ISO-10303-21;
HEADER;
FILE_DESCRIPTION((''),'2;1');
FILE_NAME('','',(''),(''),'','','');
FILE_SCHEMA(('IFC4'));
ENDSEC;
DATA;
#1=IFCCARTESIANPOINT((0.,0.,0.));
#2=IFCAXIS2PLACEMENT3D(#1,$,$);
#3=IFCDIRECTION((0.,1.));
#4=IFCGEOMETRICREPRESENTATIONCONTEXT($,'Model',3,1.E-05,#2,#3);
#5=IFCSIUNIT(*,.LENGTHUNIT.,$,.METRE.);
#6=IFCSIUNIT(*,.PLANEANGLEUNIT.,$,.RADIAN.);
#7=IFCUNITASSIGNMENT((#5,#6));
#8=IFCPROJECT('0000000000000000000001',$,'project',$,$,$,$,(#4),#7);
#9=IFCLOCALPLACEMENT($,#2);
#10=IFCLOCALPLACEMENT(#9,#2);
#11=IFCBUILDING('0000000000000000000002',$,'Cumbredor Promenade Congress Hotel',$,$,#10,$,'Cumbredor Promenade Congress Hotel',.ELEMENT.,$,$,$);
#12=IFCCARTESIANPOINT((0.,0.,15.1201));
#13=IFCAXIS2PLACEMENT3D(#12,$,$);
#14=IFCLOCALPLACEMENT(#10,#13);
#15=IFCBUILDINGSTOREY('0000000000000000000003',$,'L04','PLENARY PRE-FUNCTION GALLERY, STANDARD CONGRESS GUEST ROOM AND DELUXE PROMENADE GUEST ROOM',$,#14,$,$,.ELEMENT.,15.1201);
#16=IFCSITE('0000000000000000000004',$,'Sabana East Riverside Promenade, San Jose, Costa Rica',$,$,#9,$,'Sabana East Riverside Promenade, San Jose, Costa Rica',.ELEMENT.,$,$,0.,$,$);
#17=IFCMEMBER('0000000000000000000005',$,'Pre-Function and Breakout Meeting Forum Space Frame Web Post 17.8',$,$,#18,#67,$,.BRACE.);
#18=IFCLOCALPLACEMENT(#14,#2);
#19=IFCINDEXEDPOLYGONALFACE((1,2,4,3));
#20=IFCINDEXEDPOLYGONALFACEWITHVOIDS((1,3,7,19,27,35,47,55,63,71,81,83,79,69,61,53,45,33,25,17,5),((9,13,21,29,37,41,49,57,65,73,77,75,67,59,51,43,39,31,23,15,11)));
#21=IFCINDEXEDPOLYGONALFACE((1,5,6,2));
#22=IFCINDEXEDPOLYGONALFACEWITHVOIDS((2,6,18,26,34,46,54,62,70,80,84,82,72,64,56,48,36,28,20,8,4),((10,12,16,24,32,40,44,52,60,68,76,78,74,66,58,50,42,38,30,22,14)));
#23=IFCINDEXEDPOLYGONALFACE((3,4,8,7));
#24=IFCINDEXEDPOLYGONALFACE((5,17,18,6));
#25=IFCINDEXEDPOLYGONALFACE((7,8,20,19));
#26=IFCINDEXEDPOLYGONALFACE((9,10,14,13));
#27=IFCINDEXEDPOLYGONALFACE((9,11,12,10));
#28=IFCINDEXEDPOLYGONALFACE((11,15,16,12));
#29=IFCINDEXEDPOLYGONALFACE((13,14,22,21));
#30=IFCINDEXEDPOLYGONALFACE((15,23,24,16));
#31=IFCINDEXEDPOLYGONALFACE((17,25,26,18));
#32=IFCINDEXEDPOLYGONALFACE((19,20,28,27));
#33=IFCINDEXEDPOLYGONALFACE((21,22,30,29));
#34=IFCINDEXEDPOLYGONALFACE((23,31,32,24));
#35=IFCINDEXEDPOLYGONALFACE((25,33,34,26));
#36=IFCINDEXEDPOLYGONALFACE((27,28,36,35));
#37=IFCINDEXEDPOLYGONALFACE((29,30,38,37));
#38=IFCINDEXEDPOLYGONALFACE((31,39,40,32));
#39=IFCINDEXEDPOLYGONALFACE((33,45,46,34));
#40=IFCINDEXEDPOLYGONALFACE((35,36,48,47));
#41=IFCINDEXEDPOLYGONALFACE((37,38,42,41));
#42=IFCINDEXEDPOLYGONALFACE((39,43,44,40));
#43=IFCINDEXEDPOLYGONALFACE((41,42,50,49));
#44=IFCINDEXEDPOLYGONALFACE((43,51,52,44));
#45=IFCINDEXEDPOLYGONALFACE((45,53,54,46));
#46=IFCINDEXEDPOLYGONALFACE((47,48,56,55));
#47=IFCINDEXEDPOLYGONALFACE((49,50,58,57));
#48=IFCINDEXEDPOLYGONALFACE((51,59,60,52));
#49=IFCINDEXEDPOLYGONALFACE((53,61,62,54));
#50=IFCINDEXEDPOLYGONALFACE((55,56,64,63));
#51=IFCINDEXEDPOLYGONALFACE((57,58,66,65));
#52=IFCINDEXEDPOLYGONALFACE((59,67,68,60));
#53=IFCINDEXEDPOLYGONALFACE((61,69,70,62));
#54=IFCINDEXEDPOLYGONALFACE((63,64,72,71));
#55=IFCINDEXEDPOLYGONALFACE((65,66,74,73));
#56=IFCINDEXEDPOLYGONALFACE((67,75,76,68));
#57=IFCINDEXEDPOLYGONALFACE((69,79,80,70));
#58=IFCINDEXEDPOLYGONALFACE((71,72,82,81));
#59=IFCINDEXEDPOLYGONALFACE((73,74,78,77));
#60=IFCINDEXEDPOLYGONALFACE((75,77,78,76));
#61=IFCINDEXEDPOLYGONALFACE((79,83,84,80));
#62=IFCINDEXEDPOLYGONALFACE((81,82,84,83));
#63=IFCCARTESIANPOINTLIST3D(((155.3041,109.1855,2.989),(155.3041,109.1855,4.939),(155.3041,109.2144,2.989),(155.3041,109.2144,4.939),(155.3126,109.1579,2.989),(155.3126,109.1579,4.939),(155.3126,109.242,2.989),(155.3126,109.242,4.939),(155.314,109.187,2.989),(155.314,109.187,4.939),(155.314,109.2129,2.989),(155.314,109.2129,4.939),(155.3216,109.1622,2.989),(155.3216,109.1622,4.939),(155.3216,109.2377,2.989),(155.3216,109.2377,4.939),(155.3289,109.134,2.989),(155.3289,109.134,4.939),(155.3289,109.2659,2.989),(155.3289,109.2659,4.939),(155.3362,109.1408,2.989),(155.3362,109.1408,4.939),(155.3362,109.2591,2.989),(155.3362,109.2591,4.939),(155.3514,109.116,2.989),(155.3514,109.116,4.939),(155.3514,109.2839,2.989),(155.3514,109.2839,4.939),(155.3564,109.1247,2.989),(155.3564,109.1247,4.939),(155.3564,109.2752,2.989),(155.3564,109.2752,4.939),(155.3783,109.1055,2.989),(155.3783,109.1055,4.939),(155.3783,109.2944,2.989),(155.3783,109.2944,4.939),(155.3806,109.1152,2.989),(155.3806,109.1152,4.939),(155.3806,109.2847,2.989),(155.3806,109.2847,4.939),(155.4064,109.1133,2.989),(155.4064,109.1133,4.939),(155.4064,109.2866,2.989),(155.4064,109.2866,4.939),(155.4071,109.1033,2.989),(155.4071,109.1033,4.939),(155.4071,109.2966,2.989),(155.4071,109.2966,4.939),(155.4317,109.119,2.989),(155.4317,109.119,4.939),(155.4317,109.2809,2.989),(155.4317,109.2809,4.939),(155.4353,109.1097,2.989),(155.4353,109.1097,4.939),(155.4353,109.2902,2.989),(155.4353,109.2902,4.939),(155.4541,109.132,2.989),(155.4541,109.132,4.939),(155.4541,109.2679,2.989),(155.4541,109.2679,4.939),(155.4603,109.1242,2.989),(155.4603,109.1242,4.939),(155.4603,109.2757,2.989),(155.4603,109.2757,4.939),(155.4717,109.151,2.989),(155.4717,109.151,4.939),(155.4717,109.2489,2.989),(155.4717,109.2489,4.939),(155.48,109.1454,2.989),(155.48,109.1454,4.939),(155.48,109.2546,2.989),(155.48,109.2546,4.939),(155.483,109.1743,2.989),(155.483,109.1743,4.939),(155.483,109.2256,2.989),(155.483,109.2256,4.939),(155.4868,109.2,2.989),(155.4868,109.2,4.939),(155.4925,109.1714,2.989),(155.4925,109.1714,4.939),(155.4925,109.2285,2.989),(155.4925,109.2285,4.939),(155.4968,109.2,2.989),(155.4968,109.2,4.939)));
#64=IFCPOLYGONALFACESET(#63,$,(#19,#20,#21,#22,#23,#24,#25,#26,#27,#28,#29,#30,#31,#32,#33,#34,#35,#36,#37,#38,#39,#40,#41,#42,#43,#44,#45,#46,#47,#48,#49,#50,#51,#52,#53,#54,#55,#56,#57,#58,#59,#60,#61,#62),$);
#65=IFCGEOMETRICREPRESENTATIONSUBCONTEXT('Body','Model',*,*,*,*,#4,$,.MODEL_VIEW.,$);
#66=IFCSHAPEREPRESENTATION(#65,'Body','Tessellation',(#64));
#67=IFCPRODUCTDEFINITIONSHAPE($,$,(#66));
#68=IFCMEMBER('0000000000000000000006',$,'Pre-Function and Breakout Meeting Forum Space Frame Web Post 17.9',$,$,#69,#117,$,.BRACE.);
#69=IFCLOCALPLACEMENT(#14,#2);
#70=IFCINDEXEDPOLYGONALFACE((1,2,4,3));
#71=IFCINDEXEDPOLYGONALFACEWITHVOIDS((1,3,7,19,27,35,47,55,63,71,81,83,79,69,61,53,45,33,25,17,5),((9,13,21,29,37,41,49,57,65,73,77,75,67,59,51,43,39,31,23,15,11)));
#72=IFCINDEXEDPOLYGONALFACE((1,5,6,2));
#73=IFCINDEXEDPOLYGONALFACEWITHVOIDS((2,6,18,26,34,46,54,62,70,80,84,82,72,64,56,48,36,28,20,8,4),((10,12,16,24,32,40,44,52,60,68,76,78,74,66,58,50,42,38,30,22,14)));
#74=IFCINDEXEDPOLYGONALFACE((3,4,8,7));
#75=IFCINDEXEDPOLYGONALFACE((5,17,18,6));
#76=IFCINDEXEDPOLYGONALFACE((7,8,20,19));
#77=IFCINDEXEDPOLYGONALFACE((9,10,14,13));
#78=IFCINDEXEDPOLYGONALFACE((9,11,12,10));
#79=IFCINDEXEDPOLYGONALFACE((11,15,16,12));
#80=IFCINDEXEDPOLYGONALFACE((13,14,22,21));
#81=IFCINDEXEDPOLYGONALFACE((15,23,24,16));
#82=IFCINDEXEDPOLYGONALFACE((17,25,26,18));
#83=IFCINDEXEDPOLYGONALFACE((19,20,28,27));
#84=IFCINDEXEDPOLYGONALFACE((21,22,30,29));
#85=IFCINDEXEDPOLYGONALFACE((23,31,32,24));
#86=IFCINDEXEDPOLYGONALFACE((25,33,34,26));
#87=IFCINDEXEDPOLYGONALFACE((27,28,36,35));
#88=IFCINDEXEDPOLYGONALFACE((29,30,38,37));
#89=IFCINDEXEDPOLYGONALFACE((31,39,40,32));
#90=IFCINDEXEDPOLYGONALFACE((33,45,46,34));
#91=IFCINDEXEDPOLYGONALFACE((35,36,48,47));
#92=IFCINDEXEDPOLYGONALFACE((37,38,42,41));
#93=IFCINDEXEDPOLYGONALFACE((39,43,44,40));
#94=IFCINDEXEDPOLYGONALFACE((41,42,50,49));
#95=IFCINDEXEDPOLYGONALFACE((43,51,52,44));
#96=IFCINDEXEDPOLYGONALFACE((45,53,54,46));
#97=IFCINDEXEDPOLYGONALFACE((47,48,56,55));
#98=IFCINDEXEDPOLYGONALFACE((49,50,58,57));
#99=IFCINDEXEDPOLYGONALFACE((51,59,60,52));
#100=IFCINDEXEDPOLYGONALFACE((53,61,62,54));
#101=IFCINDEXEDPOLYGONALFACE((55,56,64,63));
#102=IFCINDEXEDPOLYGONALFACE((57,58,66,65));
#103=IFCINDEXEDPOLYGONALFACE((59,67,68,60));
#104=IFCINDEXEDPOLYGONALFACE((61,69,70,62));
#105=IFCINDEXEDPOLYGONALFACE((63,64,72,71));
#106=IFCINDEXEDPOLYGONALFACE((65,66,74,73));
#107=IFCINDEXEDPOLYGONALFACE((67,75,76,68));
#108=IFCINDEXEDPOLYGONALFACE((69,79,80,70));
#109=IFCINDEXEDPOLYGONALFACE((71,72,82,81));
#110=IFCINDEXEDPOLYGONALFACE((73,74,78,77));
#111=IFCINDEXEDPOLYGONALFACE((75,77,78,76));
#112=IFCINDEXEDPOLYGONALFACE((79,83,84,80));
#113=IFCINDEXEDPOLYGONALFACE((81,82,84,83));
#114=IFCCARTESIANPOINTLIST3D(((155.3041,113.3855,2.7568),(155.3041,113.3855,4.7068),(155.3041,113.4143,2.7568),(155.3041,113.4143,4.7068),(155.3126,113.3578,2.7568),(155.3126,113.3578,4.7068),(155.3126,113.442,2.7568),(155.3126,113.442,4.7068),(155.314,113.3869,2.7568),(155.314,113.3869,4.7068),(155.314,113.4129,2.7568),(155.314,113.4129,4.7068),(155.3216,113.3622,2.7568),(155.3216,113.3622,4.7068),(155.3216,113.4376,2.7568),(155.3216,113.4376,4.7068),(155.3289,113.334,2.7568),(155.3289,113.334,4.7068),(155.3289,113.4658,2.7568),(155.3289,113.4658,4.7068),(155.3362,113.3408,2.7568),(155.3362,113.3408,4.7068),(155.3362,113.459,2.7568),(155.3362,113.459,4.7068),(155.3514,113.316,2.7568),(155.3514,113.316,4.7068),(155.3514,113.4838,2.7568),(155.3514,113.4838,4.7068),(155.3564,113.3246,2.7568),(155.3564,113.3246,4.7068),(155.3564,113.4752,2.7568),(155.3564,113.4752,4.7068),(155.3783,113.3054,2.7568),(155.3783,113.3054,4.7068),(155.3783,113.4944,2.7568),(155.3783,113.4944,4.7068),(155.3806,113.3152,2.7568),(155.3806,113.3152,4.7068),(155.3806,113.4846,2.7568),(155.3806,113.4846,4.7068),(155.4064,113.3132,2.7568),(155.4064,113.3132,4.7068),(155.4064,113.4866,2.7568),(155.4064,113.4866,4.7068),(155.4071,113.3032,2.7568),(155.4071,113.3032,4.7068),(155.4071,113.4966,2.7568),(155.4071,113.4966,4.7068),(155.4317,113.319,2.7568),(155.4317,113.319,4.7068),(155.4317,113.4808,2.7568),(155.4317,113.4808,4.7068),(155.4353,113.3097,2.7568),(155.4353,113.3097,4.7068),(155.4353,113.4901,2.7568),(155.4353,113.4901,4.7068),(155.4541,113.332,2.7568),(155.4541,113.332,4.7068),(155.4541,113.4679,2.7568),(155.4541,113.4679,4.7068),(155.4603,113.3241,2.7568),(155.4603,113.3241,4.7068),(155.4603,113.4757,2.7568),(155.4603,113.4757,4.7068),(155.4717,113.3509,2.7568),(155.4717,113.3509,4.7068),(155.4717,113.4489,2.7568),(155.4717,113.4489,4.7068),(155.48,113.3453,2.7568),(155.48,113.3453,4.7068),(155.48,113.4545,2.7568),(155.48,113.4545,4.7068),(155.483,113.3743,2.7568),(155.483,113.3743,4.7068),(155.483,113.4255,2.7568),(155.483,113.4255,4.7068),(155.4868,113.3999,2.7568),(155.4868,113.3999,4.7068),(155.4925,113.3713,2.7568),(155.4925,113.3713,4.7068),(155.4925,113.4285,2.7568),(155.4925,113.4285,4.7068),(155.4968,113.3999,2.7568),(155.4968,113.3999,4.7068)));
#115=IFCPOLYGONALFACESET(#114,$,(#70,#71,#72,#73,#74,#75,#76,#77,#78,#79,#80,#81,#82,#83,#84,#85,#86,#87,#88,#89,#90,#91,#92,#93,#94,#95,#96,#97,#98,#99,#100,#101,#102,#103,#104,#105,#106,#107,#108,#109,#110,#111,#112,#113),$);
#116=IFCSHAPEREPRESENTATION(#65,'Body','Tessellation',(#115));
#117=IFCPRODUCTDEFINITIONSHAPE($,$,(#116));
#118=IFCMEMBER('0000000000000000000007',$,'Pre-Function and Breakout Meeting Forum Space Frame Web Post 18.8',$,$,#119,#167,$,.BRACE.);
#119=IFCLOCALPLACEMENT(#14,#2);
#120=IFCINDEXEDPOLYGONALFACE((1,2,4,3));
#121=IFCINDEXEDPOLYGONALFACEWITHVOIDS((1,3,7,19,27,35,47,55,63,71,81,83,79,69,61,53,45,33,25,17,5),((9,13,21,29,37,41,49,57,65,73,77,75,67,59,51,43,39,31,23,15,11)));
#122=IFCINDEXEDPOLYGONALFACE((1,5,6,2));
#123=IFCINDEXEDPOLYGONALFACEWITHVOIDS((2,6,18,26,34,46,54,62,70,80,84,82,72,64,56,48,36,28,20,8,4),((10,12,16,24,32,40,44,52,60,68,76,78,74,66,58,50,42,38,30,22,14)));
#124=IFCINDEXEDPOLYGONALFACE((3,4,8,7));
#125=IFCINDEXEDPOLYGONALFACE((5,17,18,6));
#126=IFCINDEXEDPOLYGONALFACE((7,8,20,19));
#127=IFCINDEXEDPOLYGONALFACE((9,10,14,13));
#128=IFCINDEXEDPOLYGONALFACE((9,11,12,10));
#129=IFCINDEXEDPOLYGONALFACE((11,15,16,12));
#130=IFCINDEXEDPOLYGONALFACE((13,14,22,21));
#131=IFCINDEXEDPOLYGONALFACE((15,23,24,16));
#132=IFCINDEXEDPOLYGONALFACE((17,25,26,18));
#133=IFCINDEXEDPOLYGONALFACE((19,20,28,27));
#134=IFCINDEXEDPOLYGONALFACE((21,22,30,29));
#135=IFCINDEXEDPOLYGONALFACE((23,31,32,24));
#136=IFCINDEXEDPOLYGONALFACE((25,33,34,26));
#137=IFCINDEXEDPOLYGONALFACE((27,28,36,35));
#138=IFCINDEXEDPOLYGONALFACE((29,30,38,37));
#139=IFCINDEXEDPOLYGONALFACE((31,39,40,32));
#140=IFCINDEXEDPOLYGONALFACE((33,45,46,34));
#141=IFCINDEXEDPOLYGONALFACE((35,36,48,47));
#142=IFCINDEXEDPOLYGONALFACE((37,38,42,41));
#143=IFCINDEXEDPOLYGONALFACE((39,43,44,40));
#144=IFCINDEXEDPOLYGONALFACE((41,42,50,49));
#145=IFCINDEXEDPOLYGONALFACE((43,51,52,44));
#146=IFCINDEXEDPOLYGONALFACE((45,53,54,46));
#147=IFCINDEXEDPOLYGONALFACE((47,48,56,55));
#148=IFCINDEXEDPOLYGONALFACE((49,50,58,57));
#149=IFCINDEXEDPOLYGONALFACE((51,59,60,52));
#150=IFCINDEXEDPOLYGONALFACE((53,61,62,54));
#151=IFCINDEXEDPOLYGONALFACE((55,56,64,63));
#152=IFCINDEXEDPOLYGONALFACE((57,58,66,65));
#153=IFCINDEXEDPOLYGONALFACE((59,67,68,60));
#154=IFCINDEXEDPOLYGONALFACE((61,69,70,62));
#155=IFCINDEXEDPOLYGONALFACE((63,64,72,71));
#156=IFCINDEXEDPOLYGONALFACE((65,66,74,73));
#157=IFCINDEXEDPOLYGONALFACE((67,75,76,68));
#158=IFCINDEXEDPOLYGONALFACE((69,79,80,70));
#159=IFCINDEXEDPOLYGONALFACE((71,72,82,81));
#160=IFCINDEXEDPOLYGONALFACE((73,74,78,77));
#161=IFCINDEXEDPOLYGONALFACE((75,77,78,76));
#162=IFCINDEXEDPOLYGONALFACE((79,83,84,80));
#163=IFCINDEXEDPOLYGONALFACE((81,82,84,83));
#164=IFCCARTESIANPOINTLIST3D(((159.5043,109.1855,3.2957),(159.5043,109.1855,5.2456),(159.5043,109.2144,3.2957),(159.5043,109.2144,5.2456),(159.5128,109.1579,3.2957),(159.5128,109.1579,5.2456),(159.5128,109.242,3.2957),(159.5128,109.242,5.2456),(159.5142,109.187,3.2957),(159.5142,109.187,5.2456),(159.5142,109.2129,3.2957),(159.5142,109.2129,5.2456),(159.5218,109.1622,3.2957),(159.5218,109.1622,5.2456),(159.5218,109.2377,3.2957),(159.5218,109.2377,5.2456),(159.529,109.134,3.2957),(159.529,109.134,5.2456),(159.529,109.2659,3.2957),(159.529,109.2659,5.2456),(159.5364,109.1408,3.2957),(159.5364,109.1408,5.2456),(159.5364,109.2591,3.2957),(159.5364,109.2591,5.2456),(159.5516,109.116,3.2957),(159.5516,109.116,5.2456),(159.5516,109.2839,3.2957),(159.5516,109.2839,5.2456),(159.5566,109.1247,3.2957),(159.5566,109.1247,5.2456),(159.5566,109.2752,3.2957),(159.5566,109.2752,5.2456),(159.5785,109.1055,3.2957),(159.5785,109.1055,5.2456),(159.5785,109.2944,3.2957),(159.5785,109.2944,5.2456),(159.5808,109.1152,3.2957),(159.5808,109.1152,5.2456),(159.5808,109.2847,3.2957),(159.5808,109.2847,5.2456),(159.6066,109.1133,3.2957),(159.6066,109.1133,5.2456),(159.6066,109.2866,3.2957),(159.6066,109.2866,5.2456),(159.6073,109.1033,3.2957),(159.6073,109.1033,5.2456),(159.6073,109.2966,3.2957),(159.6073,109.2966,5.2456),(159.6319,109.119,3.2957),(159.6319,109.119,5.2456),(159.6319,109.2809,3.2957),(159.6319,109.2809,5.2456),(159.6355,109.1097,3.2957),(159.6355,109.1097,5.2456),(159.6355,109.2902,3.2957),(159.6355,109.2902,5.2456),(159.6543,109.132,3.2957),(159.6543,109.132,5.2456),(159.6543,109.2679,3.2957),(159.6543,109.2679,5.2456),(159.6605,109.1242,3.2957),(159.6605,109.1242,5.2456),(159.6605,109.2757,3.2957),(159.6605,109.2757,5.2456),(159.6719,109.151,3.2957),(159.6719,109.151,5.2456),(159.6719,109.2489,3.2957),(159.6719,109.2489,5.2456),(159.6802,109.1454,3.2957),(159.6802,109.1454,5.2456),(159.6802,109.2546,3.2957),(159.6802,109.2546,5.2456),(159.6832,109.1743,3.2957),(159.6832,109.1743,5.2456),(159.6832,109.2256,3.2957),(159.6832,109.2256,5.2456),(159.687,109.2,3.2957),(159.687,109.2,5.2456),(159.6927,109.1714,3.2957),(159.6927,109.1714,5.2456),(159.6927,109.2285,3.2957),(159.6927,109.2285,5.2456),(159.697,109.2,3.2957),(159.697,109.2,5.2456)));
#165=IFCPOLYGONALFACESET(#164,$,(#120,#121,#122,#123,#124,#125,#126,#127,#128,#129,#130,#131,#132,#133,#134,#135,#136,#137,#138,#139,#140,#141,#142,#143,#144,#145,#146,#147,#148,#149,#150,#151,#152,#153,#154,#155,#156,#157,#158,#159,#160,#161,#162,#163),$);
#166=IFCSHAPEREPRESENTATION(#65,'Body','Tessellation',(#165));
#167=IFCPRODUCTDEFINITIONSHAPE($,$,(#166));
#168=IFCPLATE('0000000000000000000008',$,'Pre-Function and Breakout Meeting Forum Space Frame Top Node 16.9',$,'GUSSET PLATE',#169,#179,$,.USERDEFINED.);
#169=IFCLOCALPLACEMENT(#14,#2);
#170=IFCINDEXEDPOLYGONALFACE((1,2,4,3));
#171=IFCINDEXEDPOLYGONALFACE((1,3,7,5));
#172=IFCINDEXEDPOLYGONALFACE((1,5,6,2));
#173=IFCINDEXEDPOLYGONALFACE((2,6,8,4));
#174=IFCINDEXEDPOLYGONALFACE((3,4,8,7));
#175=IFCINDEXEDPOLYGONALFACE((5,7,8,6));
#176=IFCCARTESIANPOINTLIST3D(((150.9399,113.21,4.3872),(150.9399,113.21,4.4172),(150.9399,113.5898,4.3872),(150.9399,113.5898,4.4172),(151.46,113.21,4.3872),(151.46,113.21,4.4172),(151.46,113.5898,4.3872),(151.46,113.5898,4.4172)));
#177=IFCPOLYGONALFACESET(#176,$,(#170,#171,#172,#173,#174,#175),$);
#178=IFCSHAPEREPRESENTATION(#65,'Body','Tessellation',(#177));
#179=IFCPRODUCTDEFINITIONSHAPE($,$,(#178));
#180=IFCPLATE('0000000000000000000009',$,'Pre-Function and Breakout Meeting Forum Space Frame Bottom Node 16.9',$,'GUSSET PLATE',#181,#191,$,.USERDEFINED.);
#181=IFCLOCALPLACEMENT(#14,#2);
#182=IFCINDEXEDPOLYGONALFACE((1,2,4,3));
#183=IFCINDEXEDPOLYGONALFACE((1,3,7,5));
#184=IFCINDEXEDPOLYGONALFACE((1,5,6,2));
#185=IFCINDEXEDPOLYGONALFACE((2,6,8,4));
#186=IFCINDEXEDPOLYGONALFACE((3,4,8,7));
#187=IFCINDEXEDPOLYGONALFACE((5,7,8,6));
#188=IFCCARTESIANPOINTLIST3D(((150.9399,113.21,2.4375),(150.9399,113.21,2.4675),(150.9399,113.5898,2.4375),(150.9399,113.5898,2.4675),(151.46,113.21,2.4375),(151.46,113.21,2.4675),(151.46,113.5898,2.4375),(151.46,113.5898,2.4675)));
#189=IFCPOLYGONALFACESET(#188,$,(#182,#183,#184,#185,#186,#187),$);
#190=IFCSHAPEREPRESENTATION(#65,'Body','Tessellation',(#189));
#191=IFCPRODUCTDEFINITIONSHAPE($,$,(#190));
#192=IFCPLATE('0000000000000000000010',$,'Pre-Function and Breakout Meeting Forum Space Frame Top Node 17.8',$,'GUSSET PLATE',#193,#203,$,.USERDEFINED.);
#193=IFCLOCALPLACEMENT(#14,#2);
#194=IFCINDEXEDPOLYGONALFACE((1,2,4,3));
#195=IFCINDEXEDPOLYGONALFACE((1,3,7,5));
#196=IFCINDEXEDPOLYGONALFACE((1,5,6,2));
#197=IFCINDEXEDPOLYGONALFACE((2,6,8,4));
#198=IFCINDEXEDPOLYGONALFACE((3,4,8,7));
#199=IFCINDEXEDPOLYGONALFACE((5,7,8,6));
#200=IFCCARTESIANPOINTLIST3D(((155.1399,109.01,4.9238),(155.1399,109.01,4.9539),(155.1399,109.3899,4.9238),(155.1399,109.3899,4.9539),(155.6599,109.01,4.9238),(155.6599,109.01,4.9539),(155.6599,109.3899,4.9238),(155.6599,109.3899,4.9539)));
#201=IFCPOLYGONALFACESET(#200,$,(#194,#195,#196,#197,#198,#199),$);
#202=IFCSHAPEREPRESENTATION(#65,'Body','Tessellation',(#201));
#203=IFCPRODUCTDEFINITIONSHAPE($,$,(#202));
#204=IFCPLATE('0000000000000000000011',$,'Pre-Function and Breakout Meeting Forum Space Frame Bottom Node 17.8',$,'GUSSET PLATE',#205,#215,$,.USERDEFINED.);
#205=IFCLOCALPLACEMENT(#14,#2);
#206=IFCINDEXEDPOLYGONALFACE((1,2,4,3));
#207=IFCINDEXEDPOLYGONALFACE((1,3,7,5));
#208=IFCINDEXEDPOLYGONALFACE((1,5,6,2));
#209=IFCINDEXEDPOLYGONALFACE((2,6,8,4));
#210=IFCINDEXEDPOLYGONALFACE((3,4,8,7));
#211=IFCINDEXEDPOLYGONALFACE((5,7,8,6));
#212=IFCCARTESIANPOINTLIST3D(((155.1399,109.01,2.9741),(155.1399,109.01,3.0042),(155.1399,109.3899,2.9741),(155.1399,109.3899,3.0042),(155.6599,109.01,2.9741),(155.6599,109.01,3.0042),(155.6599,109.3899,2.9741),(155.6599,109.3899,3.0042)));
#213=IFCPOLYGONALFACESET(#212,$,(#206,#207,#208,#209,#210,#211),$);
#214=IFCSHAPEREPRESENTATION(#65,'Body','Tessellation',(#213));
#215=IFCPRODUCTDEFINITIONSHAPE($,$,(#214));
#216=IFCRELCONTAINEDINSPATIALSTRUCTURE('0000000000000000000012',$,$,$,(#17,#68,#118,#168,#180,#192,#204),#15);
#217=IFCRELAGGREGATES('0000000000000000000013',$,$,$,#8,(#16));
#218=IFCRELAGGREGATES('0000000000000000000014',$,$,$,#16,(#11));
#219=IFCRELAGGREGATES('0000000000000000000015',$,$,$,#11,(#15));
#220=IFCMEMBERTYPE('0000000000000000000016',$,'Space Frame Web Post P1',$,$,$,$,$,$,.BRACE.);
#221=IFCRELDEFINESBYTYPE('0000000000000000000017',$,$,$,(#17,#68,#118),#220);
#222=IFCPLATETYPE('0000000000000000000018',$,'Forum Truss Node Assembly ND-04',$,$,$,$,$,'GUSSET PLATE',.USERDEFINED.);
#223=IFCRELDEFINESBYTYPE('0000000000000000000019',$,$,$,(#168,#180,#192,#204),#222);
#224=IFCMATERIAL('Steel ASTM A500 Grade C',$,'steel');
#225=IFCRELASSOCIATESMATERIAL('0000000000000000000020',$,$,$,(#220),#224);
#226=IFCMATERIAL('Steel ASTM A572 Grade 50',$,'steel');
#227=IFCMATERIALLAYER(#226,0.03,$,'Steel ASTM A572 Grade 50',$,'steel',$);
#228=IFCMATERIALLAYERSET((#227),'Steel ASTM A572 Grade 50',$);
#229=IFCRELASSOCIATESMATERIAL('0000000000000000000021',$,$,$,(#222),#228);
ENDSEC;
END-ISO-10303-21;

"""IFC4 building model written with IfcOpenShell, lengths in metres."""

from ifc_helpers import new_model, si_unit, direction, frame, origin, origin_2d, place, context, subcontext, project, spatial, rectangle, hollow_circle, extrude, material, layer, layer_set, material_profile, profile_set, type_object, element, save


model = new_model("IFC4")

# Units and contexts
model_context = context("Model", 3, precision=1e-05, world=origin(), true_north=direction((0.0, 1.0)))
body_context = subcontext(model_context, "Body", "Model", "MODEL_VIEW")
ifc_project = project(units=[si_unit("LENGTHUNIT", "METRE"), si_unit("PLANEANGLEUNIT", "RADIAN")], contexts=[model_context])

# Site, building, storey
site_placement = place(None, origin())
site = spatial("IfcSite", under=ifc_project, at=site_placement, Name="Sabana East Riverside Promenade, San Jose, Costa Rica", LongName="Sabana East Riverside Promenade, San Jose, Costa Rica", CompositionType="ELEMENT", RefElevation=0.0)
building_placement = place(site_placement, origin())
building = spatial("IfcBuilding", under=site, at=building_placement, Name="Cumbredor Promenade Congress Hotel", LongName="Cumbredor Promenade Congress Hotel", CompositionType="ELEMENT")
storey_placement = place(building_placement, frame((0.0, 0.0, 15.1201)))
storey = spatial("IfcBuildingStorey", under=building, at=storey_placement, Name="L04", Description="PLENARY PRE-FUNCTION GALLERY, STANDARD CONGRESS GUEST ROOM AND DELUXE PROMENADE GUEST ROOM", CompositionType="ELEMENT", Elevation=15.1201)

# Members
ifc_material_1 = material(Name="Steel ASTM A500 Grade C", Category="steel")
ifc_material_profile_1 = material_profile(ifc_material_1, hollow_circle(Radius=0.0969, WallThickness=0.01, at=origin_2d()), Name="CHS 193.7x10")
ifc_profile_set_1 = profile_set([ifc_material_profile_1], Name="Steel ASTM A500 Grade C")
member_type_1 = type_object("IfcMemberType", Name="Space Frame Web Post P1", PredefinedType="BRACE", material=ifc_profile_set_1)
for number, where, z_axis, x_axis, name in (
    (1, (155.3999, 109.2, 2.989), (0.0, 0.0, 1.0), (1.0, 0.0, 0.0), "Pre-Function and Breakout Meeting Forum Space Frame Web Post 17.8"),
    (2, (155.3999, 113.3999, 2.7568), (0.0, 0.0, 1.0), (1.0, 0.0, 0.0), "Pre-Function and Breakout Meeting Forum Space Frame Web Post 17.9"),
    (3, (159.6001, 109.2, 3.2957), (0.0, 0.0, 1.0), (1.0, 0.0, 0.0), "Pre-Function and Breakout Meeting Forum Space Frame Web Post 18.8"),
):
    element("IfcMember", number, at=place(storey_placement, frame(where, z_axis=z_axis, x_axis=x_axis)), inside=storey, type_object=member_type_1, Name=name, PredefinedType="BRACE", context=body_context, shape_type="SweptSolid", body=[
        extrude(hollow_circle(Radius=0.0969, WallThickness=0.01, at=origin_2d()), origin(), (0.0, 0.0, 1.0), 1.95),
    ])

# Plates
ifc_material_2 = material(Name="Steel ASTM A572 Grade 50", Category="steel")
ifc_layer = layer(ifc_material_2, 0.03, Name="Steel ASTM A572 Grade 50", Category="steel")
ifc_layer_set = layer_set([ifc_layer], Name="Steel ASTM A572 Grade 50")
plate_type = type_object("IfcPlateType", Name="Forum Truss Node Assembly ND-04", ElementType="GUSSET PLATE", PredefinedType="USERDEFINED", material=ifc_layer_set)
for number, where, z_axis, x_axis, name in (
    (4, (151.2, 113.3999, 4.3872), (0.0, 0.0, 1.0), (1.0, 0.0, 0.0), "Pre-Function and Breakout Meeting Forum Space Frame Top Node 16.9"),
    (5, (151.2, 113.3999, 2.4375), (0.0, 0.0, 1.0), (1.0, 0.0, 0.0), "Pre-Function and Breakout Meeting Forum Space Frame Bottom Node 16.9"),
    (6, (155.3999, 109.2, 4.9238), (0.0, 0.0, 1.0), (1.0, 0.0, 0.0), "Pre-Function and Breakout Meeting Forum Space Frame Top Node 17.8"),
    (7, (155.3999, 109.2, 2.9741), (0.0, 0.0, 1.0), (1.0, 0.0, 0.0), "Pre-Function and Breakout Meeting Forum Space Frame Bottom Node 17.8"),
):
    element("IfcPlate", number, at=place(storey_placement, frame(where, z_axis=z_axis, x_axis=x_axis)), inside=storey, type_object=plate_type, Name=name, ObjectType="GUSSET PLATE", PredefinedType="USERDEFINED", context=body_context, shape_type="SweptSolid", body=[
        extrude(rectangle(XDim=0.52, YDim=0.3799, at=origin_2d()), origin(), (0.0, 0.0, 1.0), 0.03),
    ])

save(model, "model.ifc")
